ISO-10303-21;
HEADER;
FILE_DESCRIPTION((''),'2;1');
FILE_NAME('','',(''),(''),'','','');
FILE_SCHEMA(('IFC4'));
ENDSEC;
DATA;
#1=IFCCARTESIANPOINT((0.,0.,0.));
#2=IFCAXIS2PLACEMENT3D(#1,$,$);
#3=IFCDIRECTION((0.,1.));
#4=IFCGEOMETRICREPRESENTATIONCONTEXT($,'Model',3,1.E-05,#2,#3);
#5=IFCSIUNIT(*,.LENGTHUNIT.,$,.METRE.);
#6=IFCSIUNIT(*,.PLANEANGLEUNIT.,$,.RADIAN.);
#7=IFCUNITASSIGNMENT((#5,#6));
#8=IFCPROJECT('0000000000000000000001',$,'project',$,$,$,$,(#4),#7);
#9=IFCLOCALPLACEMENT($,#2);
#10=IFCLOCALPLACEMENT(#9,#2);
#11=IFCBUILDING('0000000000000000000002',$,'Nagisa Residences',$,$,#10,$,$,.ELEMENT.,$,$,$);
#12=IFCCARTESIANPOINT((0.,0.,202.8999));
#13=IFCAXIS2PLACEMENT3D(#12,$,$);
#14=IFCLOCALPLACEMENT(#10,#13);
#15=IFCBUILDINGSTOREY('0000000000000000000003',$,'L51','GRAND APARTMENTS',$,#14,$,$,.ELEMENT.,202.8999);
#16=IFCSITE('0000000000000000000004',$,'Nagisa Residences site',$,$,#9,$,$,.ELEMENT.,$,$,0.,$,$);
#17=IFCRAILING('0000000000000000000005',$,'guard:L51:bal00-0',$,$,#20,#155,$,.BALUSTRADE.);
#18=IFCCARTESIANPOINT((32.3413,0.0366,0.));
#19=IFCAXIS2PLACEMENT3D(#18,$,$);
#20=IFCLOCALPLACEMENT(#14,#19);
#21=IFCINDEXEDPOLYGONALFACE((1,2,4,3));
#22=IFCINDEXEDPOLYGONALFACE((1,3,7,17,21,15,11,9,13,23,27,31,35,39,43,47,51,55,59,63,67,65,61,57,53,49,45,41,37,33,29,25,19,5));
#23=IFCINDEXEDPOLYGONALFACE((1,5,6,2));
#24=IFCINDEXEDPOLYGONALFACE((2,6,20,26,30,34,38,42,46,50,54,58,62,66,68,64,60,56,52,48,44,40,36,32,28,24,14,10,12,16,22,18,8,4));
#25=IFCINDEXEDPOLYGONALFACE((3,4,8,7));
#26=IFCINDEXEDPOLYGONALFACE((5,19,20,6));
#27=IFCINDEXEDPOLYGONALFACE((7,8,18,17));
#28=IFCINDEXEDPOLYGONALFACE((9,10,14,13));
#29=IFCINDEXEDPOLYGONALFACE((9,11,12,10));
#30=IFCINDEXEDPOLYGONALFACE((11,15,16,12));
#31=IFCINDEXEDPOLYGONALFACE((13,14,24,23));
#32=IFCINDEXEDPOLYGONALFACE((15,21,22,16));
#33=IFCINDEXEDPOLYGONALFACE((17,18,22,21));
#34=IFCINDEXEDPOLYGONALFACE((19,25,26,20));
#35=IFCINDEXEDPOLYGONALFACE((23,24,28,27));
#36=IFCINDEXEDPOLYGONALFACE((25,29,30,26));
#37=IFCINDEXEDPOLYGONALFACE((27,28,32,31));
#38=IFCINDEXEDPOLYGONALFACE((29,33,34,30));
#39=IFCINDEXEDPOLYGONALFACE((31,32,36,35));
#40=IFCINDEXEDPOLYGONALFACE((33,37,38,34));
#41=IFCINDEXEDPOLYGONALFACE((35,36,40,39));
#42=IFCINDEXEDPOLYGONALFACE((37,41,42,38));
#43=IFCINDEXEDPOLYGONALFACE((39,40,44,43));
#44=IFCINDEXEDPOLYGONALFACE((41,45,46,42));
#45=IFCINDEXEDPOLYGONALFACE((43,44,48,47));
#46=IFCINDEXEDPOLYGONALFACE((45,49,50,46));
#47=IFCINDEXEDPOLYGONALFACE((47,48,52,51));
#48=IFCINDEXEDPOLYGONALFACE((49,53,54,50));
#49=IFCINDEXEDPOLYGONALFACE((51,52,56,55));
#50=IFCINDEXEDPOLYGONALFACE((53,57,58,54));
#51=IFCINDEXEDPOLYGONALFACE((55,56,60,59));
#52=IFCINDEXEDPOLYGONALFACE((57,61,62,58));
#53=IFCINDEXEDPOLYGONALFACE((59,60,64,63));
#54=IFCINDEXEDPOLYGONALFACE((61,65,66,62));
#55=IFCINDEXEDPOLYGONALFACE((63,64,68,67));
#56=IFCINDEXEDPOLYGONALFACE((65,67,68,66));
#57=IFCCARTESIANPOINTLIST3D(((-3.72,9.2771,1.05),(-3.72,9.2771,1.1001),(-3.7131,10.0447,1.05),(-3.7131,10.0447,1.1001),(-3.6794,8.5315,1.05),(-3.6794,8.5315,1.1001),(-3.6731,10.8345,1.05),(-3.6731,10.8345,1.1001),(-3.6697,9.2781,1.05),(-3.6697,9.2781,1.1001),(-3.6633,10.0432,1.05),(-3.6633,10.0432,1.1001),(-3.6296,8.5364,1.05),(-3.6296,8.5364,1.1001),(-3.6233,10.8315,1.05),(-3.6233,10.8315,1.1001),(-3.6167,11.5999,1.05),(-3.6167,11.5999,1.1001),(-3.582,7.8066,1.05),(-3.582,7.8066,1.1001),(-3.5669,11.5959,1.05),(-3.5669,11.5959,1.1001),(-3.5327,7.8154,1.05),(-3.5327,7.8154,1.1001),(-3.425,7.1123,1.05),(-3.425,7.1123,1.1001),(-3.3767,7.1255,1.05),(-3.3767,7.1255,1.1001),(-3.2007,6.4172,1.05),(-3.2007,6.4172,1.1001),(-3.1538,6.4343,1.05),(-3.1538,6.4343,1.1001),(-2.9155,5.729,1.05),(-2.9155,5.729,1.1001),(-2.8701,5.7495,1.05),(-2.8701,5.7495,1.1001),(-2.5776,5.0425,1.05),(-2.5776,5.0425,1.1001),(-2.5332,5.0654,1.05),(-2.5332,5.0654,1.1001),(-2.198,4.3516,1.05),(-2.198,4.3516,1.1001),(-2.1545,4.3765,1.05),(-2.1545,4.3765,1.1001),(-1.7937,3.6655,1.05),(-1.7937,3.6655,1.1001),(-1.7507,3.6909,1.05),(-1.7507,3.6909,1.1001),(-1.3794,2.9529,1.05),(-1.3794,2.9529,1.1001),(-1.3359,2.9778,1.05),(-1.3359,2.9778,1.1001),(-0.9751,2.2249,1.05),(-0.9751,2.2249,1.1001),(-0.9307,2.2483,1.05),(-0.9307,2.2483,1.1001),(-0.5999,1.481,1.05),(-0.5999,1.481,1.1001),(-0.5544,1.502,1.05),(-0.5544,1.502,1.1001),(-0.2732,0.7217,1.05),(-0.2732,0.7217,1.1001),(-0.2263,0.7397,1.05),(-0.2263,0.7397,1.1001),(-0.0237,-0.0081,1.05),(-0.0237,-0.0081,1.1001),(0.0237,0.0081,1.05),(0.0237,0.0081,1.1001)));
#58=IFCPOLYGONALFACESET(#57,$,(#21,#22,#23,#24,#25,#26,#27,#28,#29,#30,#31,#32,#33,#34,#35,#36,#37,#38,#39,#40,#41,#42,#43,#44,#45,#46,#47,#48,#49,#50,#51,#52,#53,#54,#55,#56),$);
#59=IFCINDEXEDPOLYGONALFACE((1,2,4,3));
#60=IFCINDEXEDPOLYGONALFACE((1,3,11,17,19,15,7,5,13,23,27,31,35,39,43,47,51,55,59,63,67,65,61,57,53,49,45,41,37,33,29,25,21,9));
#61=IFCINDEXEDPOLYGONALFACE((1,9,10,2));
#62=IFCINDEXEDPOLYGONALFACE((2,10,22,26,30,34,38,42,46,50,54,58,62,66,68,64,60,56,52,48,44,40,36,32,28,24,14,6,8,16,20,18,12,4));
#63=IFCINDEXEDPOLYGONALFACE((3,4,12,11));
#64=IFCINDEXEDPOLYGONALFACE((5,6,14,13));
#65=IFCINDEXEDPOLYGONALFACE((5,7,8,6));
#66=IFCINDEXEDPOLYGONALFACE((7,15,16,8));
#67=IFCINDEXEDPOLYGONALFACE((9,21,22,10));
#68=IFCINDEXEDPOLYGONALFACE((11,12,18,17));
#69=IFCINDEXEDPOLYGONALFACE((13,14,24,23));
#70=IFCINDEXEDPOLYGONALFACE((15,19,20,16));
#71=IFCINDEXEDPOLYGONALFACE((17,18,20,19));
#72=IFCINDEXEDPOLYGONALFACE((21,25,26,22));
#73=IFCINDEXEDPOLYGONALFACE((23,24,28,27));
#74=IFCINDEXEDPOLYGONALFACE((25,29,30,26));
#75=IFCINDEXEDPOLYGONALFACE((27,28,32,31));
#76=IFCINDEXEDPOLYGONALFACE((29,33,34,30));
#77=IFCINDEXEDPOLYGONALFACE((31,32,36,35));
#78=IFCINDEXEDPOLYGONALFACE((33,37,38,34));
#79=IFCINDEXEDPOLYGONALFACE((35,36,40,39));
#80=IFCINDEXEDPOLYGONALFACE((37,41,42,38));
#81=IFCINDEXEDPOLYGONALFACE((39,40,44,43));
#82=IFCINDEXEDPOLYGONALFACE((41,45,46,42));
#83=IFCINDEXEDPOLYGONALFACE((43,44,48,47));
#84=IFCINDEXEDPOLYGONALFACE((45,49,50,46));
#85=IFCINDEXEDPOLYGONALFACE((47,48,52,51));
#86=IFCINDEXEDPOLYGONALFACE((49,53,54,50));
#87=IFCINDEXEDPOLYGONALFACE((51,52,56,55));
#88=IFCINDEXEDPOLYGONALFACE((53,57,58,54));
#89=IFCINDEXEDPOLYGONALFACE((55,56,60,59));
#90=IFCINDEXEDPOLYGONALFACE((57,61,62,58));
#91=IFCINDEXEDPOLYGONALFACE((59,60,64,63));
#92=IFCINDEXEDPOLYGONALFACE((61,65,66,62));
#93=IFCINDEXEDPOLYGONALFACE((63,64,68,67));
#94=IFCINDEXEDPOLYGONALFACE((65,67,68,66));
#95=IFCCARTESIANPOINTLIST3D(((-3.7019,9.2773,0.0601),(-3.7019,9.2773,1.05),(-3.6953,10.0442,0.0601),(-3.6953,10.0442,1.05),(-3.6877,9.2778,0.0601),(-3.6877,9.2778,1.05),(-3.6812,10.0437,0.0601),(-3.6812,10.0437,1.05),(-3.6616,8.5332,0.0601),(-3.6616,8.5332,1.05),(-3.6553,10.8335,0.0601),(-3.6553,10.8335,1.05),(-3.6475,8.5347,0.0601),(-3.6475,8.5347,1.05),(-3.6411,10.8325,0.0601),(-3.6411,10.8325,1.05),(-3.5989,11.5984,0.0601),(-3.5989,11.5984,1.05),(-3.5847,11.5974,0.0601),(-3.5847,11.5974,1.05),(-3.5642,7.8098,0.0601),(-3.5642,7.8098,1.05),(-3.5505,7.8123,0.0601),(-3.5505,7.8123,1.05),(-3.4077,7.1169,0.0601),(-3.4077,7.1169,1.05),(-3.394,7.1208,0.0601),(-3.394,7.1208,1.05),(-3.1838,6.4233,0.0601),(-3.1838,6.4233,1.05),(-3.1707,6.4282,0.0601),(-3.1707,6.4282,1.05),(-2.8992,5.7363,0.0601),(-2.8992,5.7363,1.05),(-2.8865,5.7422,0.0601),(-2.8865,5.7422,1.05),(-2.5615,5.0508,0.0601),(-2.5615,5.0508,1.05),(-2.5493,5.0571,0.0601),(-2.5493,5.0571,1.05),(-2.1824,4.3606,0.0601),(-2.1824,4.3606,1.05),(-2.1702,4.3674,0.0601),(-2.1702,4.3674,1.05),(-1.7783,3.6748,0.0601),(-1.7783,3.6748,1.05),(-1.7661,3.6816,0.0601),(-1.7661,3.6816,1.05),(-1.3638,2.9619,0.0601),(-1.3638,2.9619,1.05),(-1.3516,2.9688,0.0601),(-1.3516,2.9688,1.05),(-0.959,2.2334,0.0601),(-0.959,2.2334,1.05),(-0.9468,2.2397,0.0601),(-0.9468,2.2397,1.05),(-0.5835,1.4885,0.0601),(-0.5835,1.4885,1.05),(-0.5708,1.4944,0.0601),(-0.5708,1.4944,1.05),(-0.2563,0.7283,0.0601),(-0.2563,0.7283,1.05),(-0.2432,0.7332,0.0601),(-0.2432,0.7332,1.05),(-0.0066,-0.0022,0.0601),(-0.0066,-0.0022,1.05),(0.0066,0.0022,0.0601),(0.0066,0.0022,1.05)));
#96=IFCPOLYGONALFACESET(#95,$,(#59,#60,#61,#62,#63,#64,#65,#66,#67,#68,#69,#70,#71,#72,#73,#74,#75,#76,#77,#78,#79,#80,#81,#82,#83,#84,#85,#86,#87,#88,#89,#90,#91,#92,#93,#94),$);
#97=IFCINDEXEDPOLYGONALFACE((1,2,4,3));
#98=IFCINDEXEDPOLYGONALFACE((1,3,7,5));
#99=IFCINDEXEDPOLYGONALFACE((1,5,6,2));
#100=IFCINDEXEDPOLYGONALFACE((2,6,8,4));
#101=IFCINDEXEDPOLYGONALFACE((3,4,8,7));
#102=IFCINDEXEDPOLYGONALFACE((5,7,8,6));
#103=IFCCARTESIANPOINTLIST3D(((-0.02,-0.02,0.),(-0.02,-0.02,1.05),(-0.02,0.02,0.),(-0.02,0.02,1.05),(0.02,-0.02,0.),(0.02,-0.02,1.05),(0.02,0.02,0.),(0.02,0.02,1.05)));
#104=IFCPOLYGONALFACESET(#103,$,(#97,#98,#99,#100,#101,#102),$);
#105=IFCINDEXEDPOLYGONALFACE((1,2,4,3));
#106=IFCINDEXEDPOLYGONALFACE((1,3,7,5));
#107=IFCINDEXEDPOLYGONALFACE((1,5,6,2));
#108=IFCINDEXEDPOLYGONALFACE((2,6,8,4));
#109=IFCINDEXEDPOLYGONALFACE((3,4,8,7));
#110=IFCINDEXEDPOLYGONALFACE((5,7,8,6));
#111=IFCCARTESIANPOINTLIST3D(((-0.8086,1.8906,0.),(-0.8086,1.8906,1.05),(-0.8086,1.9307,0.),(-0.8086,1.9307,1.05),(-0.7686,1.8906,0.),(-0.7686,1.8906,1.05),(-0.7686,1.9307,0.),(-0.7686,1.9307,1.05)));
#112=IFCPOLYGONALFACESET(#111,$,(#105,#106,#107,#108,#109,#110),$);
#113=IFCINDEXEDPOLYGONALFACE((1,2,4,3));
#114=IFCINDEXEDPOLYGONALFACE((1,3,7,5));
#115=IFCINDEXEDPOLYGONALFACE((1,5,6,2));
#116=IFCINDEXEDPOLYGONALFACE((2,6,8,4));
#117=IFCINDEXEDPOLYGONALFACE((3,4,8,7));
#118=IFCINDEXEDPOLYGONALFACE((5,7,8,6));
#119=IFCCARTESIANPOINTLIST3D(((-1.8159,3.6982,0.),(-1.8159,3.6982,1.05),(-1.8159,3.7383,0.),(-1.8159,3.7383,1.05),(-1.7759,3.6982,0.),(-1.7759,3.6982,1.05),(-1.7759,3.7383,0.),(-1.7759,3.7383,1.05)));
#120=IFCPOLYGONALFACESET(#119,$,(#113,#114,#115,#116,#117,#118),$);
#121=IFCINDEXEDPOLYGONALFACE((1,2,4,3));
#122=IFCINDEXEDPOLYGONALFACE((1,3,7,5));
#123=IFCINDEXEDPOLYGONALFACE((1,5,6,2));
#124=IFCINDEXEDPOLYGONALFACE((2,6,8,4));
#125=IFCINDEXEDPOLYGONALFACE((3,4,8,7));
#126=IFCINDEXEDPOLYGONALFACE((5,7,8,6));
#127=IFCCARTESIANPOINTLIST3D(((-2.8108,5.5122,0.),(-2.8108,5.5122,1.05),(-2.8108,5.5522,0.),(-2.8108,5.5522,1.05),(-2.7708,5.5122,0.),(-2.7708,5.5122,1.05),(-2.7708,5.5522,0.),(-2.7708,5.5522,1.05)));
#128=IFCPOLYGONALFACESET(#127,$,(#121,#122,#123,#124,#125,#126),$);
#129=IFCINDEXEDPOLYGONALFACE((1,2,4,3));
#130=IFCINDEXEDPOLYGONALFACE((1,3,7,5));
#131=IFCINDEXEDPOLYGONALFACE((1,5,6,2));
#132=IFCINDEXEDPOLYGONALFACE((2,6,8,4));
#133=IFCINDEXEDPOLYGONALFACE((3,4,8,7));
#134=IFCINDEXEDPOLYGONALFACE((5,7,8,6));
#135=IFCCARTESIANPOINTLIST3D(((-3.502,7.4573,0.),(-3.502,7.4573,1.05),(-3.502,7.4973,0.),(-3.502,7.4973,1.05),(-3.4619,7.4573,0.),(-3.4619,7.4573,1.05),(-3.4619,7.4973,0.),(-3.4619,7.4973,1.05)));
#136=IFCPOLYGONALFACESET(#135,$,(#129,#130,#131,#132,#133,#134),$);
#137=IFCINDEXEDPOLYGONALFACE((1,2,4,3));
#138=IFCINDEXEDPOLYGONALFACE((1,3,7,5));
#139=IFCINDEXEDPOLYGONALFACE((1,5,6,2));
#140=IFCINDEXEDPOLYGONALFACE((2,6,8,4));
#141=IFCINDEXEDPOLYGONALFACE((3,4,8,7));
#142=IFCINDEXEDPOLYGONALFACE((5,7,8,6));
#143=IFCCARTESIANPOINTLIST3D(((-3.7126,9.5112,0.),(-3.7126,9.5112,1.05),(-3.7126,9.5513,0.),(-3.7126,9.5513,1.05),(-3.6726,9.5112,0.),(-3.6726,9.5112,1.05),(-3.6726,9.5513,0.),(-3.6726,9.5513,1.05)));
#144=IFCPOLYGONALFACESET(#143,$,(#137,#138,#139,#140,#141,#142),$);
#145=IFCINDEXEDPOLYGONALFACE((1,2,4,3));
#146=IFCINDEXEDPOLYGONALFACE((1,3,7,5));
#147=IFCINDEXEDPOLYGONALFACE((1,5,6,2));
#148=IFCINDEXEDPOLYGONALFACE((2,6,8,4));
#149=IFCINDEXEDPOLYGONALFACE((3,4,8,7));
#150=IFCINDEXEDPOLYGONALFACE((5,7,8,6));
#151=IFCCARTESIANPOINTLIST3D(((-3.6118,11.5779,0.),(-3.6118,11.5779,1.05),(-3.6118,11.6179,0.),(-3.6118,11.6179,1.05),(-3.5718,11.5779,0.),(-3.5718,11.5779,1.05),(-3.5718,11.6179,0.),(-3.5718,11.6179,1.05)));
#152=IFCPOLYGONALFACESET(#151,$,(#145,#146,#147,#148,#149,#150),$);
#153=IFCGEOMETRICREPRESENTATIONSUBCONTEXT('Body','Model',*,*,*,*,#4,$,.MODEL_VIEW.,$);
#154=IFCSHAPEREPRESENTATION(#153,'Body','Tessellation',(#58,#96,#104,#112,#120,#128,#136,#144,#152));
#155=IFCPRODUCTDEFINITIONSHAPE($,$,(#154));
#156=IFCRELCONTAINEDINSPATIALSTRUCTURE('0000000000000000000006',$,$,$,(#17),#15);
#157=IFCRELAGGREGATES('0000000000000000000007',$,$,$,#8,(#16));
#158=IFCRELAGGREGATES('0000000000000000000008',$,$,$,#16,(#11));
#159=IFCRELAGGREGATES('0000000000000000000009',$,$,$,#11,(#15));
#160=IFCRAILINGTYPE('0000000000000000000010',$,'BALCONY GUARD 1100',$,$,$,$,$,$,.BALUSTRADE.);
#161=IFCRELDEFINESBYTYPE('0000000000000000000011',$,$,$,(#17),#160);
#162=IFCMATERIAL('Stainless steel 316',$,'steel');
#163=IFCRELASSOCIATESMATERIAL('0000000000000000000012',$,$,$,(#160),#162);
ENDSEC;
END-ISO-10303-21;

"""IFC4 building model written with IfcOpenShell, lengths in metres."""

from ifc_helpers import new_model, si_unit, direction, frame, origin, origin_2d, place, context, subcontext, project, spatial, polyline, rectangle, outline, extrude, material, type_object, element, save


model = new_model("IFC4")

# Units and contexts
model_context = context("Model", 3, precision=1e-05, world=origin(), true_north=direction((0.0, 1.0)))
body_context = subcontext(model_context, "Body", "Model", "MODEL_VIEW")
ifc_project = project(units=[si_unit("LENGTHUNIT", "METRE"), si_unit("PLANEANGLEUNIT", "RADIAN")], contexts=[model_context])

# Site, building, storey
site_placement = place(None, origin())
site = spatial("IfcSite", under=ifc_project, at=site_placement, Name="Nagisa Residences site", CompositionType="ELEMENT", RefElevation=0.0)
building_placement = place(site_placement, origin())
building = spatial("IfcBuilding", under=site, at=building_placement, Name="Nagisa Residences", CompositionType="ELEMENT")
storey_placement = place(building_placement, frame((0.0, 0.0, 202.8999)))
storey = spatial("IfcBuildingStorey", under=building, at=storey_placement, Name="L51", Description="GRAND APARTMENTS", CompositionType="ELEMENT", Elevation=202.8999)

# Railing
ifc_material_1 = material(Name="Stainless steel 316", Category="steel")
railing_type = type_object("IfcRailingType", Name="BALCONY GUARD 1100", PredefinedType="BALUSTRADE", material=ifc_material_1)
railing_1_placement = place(storey_placement, frame((32.3413, 0.0366, 0.0)))
element("IfcRailing", 1, at=railing_1_placement, inside=storey, type_object=railing_type, Name="guard:L51:bal00-0", PredefinedType="BALUSTRADE", context=body_context, shape_type="SweptSolid", body=[
    extrude(outline(polyline([(-0.2732, 0.7217), (-0.0237, -0.0081), (0.0237, 0.0081), (-0.2263, 0.7397), (-0.5544, 1.502), (-0.9307, 2.2483), (-1.3359, 2.9778), (-1.7507, 3.6909), (-2.1545, 4.3765), (-2.5332, 5.0654), (-2.8701, 5.7495), (-3.1538, 6.4343), (-3.3767, 7.1255), (-3.5327, 7.8154), (-3.6296, 8.5364), (-3.6697, 9.2781), (-3.6633, 10.0432), (-3.6233, 10.8315), (-3.5669, 11.5959), (-3.6167, 11.5999), (-3.6731, 10.8345), (-3.7131, 10.0447), (-3.72, 9.2771), (-3.6794, 8.5315), (-3.582, 7.8066), (-3.425, 7.1123), (-3.2007, 6.4172), (-2.9155, 5.729), (-2.5776, 5.0425), (-2.198, 4.3516), (-1.7937, 3.6655), (-1.3794, 2.9529), (-0.9751, 2.2249), (-0.5999, 1.481), (-0.2732, 0.7217)])), frame((0.0, 0.0, 1.05)), (0.0, 0.0, 1.0), 0.05),
    extrude(outline(polyline([(-0.2563, 0.7283), (-0.0066, -0.0022), (0.0066, 0.0022), (-0.2432, 0.7332), (-0.5708, 1.4944), (-0.9468, 2.2397), (-1.3516, 2.9688), (-1.7661, 3.6816), (-2.1702, 4.3674), (-2.5493, 5.0571), (-2.8865, 5.7422), (-3.1707, 6.4282), (-3.394, 7.1208), (-3.5505, 7.8123), (-3.6475, 8.5347), (-3.6877, 9.2778), (-3.6812, 10.0437), (-3.6411, 10.8325), (-3.5847, 11.5974), (-3.5989, 11.5984), (-3.6553, 10.8335), (-3.6953, 10.0442), (-3.7019, 9.2773), (-3.6616, 8.5332), (-3.5642, 7.8098), (-3.4077, 7.1169), (-3.1838, 6.4233), (-2.8992, 5.7363), (-2.5615, 5.0508), (-2.1824, 4.3606), (-1.7783, 3.6748), (-1.3638, 2.9619), (-0.959, 2.2334), (-0.5835, 1.4885), (-0.2563, 0.7283)])), frame((0.0, 0.0, 0.0601)), (0.0, 0.0, 1.0), 0.99),
    extrude(rectangle(XDim=0.04, YDim=0.04, at=origin_2d()), origin(), (0.0, 0.0, 1.0), 1.05),
    extrude(rectangle(XDim=0.04, YDim=0.04, at=origin_2d()), frame((-0.7886, 1.9106, 0.0)), (0.0, 0.0, 1.0), 1.05),
    extrude(rectangle(XDim=0.04, YDim=0.04, at=origin_2d()), frame((-1.7959, 3.7183, 0.0)), (0.0, 0.0, 1.0), 1.05),
    extrude(rectangle(XDim=0.04, YDim=0.04, at=origin_2d()), frame((-2.7908, 5.5322, 0.0)), (0.0, 0.0, 1.0), 1.05),
    extrude(rectangle(XDim=0.04, YDim=0.04, at=origin_2d()), frame((-3.4819, 7.4773, 0.0)), (0.0, 0.0, 1.0), 1.05),
    extrude(rectangle(XDim=0.04, YDim=0.04, at=origin_2d()), frame((-3.6926, 9.5312, 0.0)), (0.0, 0.0, 1.0), 1.05),
    extrude(rectangle(XDim=0.04, YDim=0.04, at=origin_2d()), frame((-3.5918, 11.5979, 0.0)), (0.0, 0.0, 1.0), 1.05),
])

save(model, "model.ifc")
